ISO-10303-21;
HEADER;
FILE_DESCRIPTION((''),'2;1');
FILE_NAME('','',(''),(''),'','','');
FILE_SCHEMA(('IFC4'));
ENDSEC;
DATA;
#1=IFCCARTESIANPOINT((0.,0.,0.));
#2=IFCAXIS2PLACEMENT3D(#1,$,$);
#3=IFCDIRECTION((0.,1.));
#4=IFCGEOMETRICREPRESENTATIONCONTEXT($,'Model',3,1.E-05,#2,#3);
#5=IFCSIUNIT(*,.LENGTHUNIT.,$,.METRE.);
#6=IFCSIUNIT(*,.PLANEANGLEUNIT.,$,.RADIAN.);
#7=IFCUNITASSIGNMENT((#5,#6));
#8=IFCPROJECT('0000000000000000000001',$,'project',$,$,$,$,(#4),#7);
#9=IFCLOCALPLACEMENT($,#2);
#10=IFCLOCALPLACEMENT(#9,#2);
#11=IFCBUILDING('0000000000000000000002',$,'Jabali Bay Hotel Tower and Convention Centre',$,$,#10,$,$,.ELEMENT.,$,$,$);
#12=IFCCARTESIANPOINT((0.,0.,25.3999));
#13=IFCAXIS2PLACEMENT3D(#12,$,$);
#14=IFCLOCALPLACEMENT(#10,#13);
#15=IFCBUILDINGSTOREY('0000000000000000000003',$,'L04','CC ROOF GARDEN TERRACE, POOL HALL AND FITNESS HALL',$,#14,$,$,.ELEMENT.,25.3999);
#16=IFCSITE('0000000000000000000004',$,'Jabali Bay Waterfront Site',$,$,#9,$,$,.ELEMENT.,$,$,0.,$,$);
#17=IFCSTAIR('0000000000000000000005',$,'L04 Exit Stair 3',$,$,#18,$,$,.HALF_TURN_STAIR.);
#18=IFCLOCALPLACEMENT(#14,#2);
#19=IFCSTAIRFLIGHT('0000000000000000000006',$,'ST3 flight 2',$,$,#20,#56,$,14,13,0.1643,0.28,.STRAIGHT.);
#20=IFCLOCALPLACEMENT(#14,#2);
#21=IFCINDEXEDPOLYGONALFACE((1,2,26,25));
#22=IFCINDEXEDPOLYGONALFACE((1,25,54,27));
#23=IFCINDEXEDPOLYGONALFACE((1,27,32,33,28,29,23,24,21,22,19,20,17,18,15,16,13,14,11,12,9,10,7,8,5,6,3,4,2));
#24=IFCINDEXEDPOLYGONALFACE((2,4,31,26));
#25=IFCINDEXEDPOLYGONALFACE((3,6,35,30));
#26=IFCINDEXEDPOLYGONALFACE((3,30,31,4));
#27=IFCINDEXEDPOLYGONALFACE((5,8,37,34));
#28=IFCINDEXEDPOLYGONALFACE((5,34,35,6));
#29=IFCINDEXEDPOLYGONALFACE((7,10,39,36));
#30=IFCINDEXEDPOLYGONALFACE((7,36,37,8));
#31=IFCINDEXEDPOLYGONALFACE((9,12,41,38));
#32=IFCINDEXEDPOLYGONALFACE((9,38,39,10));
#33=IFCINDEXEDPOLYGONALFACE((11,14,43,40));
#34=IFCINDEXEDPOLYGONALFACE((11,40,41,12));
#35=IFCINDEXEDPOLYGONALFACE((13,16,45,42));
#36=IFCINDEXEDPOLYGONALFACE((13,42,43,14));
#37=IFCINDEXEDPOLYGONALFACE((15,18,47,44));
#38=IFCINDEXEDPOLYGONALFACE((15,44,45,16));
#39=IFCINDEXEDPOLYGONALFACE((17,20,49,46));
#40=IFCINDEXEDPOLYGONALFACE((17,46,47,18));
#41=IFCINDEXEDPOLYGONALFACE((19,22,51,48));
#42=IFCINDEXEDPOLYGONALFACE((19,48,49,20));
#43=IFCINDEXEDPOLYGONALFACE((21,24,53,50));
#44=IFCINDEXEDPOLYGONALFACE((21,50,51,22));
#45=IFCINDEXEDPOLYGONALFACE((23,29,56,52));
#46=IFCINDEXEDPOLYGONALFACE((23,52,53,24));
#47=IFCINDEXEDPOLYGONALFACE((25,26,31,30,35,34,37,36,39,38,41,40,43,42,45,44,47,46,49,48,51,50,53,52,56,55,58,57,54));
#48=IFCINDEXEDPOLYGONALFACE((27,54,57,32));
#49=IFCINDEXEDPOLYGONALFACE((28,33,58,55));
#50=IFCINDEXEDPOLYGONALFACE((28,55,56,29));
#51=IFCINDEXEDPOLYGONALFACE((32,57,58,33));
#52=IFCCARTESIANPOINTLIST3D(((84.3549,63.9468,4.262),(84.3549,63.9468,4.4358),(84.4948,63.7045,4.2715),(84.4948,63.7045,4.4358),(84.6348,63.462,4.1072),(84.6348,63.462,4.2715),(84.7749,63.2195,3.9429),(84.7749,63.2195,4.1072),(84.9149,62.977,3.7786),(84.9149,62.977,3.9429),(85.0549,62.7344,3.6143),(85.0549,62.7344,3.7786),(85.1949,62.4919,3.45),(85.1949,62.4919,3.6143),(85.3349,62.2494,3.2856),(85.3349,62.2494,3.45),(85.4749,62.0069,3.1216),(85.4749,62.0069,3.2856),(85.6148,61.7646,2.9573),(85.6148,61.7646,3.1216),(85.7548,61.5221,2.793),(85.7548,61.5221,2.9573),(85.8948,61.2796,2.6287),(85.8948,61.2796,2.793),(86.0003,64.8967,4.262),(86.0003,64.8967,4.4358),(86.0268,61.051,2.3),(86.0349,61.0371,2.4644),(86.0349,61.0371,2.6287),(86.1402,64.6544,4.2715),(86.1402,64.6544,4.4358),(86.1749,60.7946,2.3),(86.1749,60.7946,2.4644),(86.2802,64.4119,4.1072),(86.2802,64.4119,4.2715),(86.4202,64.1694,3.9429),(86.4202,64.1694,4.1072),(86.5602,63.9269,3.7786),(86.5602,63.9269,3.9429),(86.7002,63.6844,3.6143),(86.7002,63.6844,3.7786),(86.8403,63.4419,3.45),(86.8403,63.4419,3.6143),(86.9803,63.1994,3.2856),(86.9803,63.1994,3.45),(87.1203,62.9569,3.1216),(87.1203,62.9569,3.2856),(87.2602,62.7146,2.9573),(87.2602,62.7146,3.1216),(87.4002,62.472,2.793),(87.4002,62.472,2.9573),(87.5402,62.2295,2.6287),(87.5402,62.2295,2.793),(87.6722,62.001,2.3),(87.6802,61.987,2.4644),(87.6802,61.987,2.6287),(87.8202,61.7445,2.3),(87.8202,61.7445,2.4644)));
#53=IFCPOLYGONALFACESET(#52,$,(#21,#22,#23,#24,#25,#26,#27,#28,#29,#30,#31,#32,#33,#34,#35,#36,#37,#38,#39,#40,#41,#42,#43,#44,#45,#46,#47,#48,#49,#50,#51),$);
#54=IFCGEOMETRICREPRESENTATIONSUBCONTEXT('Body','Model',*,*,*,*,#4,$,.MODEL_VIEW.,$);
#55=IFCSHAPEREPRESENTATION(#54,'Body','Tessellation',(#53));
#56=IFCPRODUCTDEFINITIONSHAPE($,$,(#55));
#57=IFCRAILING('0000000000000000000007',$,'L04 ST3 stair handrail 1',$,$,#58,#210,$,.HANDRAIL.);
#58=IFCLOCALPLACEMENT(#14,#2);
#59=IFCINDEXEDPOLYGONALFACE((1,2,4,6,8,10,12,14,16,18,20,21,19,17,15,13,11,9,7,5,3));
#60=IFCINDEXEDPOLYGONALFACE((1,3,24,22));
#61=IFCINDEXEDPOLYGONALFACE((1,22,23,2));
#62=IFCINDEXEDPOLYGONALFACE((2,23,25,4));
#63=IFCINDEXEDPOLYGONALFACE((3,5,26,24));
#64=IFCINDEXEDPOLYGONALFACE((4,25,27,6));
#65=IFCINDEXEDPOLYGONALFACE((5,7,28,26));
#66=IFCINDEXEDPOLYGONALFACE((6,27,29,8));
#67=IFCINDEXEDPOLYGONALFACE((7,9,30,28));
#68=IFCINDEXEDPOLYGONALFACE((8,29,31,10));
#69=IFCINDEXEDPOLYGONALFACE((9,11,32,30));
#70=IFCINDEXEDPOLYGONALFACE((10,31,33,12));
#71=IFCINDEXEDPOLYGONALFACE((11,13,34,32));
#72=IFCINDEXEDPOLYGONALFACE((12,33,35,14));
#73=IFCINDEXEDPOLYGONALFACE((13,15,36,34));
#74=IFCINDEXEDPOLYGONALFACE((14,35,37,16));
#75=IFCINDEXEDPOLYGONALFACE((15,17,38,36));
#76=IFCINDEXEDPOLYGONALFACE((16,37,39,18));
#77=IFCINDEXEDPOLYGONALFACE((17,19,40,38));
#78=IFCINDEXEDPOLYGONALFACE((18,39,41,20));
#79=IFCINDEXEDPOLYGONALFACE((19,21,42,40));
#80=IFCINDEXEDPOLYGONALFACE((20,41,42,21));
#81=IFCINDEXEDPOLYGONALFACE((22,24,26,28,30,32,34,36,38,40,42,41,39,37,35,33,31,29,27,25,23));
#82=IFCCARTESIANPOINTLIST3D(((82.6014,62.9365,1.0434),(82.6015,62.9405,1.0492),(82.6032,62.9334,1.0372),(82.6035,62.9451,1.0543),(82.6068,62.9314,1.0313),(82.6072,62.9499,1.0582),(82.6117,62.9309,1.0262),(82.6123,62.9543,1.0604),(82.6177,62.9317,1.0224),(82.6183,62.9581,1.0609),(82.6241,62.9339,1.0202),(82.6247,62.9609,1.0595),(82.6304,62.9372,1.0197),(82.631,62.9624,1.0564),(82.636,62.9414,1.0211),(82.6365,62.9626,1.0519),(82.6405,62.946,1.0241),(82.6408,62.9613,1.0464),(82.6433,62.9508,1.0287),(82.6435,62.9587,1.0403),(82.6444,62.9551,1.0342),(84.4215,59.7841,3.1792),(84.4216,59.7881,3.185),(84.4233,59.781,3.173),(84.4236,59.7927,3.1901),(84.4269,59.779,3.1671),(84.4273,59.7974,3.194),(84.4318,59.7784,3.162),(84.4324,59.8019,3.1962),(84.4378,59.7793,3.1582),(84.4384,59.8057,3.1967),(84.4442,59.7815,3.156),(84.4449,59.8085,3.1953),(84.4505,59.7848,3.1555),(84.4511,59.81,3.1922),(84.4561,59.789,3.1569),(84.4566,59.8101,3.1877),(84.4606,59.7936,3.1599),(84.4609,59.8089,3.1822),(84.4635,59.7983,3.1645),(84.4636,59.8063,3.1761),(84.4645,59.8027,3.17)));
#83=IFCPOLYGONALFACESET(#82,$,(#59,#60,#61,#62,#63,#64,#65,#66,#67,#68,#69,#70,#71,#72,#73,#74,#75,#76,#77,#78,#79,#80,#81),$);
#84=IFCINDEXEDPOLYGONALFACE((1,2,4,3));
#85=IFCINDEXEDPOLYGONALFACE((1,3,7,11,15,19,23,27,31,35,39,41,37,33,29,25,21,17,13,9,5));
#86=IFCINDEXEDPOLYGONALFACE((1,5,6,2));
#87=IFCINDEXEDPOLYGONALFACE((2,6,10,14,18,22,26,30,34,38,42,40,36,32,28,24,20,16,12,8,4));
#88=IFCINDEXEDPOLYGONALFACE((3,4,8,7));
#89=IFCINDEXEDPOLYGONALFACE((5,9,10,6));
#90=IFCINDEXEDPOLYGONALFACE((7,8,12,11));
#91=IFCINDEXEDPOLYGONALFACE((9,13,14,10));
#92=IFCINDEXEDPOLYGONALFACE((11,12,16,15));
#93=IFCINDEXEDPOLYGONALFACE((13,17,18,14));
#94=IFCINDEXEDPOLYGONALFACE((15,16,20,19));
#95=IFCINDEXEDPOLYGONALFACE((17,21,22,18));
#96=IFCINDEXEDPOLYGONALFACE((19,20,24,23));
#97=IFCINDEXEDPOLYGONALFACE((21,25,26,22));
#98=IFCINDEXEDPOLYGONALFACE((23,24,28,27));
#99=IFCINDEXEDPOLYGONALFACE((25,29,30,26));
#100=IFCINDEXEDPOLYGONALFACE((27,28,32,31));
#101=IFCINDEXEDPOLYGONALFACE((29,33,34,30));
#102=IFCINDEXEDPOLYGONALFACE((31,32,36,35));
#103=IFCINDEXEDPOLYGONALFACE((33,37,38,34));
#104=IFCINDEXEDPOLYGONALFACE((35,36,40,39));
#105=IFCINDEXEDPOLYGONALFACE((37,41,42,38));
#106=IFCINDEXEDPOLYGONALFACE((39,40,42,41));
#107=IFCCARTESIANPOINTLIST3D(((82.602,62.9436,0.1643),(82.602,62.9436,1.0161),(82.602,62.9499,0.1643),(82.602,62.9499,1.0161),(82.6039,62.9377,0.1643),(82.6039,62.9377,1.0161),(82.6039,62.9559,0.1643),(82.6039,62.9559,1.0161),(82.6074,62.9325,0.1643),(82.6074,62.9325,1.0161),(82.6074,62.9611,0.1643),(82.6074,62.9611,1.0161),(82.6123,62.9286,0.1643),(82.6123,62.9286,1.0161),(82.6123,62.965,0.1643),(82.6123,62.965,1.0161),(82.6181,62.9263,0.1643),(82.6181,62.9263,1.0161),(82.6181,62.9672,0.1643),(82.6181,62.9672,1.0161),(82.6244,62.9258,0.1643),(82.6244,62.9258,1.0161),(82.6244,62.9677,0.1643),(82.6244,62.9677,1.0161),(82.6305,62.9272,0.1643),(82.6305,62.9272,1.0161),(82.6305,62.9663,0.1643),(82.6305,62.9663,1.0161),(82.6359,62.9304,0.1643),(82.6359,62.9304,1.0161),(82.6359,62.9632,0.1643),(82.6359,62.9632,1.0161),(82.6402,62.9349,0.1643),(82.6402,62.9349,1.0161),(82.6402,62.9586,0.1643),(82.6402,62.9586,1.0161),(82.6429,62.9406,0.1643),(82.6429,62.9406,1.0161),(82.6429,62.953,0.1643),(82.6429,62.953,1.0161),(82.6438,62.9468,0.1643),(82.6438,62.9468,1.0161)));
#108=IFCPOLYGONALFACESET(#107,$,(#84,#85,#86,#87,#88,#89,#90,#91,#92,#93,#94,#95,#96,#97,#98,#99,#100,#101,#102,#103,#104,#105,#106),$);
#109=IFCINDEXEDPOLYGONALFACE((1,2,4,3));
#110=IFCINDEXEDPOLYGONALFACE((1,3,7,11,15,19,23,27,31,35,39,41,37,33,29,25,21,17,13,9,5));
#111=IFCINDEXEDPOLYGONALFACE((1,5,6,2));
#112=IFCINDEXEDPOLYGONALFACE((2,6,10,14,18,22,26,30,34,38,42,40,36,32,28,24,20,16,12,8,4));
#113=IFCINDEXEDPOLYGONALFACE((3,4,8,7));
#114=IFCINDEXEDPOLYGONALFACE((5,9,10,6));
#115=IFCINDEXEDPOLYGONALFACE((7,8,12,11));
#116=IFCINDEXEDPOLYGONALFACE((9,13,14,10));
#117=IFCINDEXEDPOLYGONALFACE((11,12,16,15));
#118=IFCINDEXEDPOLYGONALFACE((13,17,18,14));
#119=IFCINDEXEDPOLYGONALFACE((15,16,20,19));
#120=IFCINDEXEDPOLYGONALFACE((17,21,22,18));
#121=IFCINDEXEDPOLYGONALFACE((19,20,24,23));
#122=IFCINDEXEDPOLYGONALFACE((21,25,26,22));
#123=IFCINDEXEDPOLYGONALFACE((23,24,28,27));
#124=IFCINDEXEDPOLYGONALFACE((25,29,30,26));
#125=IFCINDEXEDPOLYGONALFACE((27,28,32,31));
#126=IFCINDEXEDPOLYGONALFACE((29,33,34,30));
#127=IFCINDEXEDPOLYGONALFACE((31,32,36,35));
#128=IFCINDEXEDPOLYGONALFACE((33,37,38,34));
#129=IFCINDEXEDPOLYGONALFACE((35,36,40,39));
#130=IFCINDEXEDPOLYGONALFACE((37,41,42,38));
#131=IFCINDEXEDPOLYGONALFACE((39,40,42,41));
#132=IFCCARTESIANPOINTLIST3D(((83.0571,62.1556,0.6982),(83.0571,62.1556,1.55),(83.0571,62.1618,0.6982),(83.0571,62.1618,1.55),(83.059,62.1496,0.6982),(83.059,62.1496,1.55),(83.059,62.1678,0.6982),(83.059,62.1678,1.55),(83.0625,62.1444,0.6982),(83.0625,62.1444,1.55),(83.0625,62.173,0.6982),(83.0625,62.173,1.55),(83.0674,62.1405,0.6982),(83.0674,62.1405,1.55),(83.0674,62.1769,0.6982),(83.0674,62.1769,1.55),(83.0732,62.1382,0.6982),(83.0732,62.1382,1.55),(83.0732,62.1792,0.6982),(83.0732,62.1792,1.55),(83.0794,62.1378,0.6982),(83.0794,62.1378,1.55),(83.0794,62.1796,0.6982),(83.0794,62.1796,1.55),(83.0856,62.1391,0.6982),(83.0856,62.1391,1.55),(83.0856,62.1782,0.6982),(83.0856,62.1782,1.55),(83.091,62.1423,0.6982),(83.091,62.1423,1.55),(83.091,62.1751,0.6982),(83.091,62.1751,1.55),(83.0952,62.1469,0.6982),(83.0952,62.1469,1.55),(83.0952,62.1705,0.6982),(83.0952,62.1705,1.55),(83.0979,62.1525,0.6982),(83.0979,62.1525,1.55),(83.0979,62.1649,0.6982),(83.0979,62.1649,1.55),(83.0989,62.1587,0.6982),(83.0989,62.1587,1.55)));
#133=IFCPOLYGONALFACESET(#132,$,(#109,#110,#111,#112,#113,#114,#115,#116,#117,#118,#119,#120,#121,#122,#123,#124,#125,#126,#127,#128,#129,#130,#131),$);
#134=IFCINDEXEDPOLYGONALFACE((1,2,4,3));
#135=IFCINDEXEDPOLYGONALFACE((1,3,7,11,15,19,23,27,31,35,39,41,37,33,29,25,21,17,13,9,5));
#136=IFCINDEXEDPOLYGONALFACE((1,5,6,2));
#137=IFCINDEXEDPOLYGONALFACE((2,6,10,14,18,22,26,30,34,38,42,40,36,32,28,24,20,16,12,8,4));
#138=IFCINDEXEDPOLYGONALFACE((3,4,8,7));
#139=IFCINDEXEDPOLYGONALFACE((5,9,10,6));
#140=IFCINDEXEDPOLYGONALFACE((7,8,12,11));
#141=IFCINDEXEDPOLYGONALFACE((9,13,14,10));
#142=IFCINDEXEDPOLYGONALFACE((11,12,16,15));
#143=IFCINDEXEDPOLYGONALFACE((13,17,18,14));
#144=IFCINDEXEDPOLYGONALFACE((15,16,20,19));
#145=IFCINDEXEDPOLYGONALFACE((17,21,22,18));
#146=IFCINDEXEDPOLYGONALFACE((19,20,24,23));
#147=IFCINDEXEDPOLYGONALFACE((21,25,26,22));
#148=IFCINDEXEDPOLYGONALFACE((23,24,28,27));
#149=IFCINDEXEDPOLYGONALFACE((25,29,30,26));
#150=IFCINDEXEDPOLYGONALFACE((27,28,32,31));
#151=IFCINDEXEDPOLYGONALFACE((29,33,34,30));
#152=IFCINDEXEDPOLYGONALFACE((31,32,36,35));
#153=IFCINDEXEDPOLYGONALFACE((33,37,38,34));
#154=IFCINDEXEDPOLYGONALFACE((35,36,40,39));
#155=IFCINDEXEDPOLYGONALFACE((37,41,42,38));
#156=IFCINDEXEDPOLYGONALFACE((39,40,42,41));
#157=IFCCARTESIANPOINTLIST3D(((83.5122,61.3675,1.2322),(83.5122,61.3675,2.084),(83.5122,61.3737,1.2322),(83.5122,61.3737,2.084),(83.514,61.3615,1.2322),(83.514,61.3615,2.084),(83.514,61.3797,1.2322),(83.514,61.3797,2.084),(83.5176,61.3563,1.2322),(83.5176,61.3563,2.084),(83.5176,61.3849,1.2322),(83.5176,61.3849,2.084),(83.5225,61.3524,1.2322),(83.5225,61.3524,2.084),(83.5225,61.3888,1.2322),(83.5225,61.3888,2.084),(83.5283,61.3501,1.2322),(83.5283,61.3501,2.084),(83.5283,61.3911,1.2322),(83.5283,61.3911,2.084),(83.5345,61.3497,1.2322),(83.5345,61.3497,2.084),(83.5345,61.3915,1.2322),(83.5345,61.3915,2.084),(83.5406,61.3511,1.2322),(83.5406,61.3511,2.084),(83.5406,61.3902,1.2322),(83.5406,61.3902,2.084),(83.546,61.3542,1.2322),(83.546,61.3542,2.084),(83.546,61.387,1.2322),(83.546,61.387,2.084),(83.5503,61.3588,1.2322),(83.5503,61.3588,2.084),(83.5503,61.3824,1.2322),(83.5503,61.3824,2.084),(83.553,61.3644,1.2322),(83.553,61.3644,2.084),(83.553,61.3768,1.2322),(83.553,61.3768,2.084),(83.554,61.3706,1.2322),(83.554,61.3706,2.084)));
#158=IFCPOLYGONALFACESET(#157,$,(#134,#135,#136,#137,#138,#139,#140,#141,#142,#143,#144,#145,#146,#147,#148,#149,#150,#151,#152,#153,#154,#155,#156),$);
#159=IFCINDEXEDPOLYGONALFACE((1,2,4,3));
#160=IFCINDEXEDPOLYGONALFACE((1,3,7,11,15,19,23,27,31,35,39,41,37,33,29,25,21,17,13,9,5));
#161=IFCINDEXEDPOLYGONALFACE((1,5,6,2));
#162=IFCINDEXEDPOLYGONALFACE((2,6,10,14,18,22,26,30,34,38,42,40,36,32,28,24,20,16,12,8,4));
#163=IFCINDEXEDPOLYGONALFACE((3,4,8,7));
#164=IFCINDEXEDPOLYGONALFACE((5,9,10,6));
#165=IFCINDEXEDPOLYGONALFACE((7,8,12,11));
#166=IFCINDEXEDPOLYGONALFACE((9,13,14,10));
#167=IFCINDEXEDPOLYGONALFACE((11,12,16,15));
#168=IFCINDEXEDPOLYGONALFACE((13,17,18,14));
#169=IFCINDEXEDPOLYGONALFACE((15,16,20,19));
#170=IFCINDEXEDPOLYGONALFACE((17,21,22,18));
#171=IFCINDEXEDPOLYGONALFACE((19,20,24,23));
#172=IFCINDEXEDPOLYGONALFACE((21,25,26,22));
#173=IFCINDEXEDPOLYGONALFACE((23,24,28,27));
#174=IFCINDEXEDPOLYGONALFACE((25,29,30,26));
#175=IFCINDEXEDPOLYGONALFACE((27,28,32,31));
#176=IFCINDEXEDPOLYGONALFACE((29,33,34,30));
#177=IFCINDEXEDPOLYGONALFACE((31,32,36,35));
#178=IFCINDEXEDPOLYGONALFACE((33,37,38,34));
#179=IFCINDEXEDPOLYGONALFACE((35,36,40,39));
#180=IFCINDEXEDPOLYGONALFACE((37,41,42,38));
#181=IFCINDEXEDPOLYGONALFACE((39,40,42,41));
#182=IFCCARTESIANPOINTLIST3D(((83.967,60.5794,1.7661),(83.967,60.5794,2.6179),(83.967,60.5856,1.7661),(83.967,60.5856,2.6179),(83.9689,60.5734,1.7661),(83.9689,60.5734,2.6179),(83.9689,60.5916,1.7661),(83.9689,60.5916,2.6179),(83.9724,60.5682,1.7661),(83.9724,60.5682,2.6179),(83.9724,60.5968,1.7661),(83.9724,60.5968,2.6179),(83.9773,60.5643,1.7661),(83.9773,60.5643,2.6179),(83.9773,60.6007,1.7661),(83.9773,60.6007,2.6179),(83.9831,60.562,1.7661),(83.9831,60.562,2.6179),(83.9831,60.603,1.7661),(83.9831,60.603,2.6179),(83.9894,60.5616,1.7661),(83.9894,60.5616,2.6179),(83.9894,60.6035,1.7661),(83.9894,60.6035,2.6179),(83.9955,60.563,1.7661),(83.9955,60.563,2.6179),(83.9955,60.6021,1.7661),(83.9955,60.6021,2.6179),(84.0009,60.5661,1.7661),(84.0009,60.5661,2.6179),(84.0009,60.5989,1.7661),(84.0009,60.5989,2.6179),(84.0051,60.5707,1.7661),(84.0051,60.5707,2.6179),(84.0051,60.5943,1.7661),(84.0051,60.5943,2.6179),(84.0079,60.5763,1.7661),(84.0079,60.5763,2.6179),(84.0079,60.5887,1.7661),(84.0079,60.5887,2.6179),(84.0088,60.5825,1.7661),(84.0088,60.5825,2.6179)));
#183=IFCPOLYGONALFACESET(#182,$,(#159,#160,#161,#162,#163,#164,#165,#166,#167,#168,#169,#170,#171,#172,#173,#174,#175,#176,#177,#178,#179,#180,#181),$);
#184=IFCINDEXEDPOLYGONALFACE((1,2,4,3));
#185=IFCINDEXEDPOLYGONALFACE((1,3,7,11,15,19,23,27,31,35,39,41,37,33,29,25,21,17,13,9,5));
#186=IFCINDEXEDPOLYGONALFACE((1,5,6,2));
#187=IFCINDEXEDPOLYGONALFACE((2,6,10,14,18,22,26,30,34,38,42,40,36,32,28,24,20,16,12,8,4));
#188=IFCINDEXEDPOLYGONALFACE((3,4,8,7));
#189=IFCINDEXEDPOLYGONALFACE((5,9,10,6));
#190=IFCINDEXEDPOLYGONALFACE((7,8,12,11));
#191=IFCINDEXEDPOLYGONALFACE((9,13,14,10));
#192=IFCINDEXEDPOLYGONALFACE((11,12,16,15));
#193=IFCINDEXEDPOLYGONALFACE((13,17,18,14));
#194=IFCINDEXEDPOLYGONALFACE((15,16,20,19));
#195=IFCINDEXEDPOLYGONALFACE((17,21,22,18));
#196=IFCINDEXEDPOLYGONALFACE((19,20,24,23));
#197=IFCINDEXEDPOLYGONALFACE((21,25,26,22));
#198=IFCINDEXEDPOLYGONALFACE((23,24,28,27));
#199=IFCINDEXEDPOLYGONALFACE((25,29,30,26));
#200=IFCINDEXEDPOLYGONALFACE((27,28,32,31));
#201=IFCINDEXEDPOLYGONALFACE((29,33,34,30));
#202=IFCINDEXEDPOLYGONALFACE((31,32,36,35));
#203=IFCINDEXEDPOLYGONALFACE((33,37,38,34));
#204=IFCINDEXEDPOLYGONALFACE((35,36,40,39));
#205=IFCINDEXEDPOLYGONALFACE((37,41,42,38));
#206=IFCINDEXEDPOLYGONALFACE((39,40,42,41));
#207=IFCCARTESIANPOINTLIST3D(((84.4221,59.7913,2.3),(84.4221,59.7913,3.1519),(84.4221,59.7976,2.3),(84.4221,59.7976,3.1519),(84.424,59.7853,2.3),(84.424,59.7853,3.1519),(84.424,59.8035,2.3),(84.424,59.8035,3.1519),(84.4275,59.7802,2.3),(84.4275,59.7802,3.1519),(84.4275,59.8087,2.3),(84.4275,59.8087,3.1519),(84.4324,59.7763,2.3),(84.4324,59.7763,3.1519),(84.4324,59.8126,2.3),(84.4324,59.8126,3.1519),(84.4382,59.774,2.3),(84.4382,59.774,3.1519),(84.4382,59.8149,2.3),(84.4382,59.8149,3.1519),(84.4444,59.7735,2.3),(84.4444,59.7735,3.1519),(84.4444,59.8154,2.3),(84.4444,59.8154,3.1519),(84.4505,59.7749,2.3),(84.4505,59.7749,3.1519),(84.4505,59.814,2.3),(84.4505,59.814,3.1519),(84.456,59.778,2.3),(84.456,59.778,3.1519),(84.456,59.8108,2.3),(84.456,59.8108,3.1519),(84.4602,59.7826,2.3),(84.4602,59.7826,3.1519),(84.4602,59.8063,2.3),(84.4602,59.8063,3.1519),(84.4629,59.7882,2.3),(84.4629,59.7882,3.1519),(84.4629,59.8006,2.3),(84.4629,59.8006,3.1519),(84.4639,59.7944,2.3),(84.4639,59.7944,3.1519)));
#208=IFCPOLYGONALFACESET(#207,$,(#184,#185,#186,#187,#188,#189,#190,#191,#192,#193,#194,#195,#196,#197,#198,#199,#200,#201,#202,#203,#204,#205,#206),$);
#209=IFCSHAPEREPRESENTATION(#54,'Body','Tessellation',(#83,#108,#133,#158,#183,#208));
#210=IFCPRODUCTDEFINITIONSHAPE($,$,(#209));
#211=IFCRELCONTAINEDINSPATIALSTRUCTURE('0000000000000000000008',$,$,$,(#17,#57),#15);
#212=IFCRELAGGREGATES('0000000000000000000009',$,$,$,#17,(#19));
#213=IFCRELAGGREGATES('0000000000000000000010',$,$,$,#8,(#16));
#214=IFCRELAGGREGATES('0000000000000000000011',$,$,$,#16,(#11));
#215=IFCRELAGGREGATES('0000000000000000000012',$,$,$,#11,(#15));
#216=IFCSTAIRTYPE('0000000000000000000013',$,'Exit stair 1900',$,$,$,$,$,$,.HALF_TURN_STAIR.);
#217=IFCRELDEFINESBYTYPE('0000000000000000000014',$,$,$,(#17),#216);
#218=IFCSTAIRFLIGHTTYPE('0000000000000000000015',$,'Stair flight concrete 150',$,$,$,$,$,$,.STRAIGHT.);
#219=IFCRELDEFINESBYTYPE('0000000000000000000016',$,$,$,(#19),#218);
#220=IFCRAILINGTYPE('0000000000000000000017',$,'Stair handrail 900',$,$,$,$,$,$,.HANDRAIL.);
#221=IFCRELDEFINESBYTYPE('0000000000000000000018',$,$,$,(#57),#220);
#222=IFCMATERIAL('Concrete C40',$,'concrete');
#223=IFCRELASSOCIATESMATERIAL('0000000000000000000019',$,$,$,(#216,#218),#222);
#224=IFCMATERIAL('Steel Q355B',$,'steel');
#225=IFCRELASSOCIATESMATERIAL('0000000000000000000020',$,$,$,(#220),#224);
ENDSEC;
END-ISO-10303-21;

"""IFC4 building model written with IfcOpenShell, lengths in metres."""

from ifc_helpers import new_model, si_unit, direction, frame, origin, origin_2d, place, context, subcontext, project, spatial, polyline, circle, outline, extrude, material, type_object, element, aggregate, save


model = new_model("IFC4")

# Units and contexts
model_context = context("Model", 3, precision=1e-05, world=origin(), true_north=direction((0.0, 1.0)))
body_context = subcontext(model_context, "Body", "Model", "MODEL_VIEW")
ifc_project = project(units=[si_unit("LENGTHUNIT", "METRE"), si_unit("PLANEANGLEUNIT", "RADIAN")], contexts=[model_context])

# Site, building, storey
site_placement = place(None, origin())
site = spatial("IfcSite", under=ifc_project, at=site_placement, Name="Jabali Bay Waterfront Site", CompositionType="ELEMENT", RefElevation=0.0)
building_placement = place(site_placement, origin())
building = spatial("IfcBuilding", under=site, at=building_placement, Name="Jabali Bay Hotel Tower and Convention Centre", CompositionType="ELEMENT")
storey_placement = place(building_placement, frame((0.0, 0.0, 25.3999)))
storey = spatial("IfcBuildingStorey", under=building, at=storey_placement, Name="L04", Description="CC ROOF GARDEN TERRACE, POOL HALL AND FITNESS HALL", CompositionType="ELEMENT", Elevation=25.3999)

# Shared definitions
ifc_material_1 = material(Name="Concrete C40", Category="concrete")

# Stair, stair flight
stair_type = type_object("IfcStairType", Name="Exit stair 1900", PredefinedType="HALF_TURN_STAIR", material=ifc_material_1)
stair_placement = place(storey_placement, origin())
stair = element("IfcStair", 1, at=stair_placement, inside=storey, type_object=stair_type, Name="L04 Exit Stair 3", PredefinedType="HALF_TURN_STAIR")
stair_flight_type = type_object("IfcStairFlightType", Name="Stair flight concrete 150", PredefinedType="STRAIGHT", material=ifc_material_1)
stair_flight_1_placement = place(storey_placement, frame((86.9976, 61.2695, 2.3), z_axis=(0.0, 0.0, 1.0), x_axis=(-0.5, 0.866025, 0.0)))
stair_flight_1 = element("IfcStairFlight", 2, at=stair_flight_1_placement, type_object=stair_flight_type, Name="ST3 flight 2", NumberOfRisers=14, NumberOfTreads=13, PredefinedType="STRAIGHT", RiserHeight=0.1643, TreadLength=0.28, context=body_context, shape_type="SweptSolid", body=[
    extrude(outline(polyline([(0.0, 0.0), (0.0, 0.1643), (0.28, 0.1643), (0.28, 0.3286), (0.5601, 0.3286), (0.5601, 0.4929), (0.8401, 0.4929), (0.8401, 0.6572), (1.1201, 0.6572), (1.1201, 0.8215), (1.3999, 0.8215), (1.3999, 0.9856), (1.6799, 0.9856), (1.6799, 1.1499), (1.96, 1.1499), (1.96, 1.3142), (2.24, 1.3142), (2.24, 1.4785), (2.52, 1.4785), (2.52, 1.6428), (2.8, 1.6428), (2.8, 1.8071), (3.0801, 1.8071), (3.0801, 1.9714), (3.3601, 1.9714), (3.3601, 2.1357), (3.6399, 2.1357), (3.6399, 2.3), (3.6399, 1.9619), (0.2961, 0.0), (0.0, 0.0)])), frame((0.0, 0.95, 0.0), z_axis=(0.0, -1.0, 0.0), x_axis=(1.0, 0.0, 0.0)), (0.0, 0.0, 1.0), 1.8999),
])
aggregate(stair, [stair_flight_1])

# Railing
ifc_material_2 = material(Name="Steel Q355B", Category="steel")
railing_type_1 = type_object("IfcRailingType", Name="Stair handrail 900", PredefinedType="HANDRAIL", material=ifc_material_2)
railing_1_placement = place(storey_placement, frame((82.6228, 62.9468, 0.1643)))
element("IfcRailing", 3, at=railing_1_placement, inside=storey, type_object=railing_type_1, Name="L04 ST3 stair handrail 1", PredefinedType="HANDRAIL", context=body_context, shape_type="SweptSolid", body=[
    extrude(circle(Radius=0.0239, at=origin_2d()), frame((0.0, 0.0, 0.876), z_axis=(0.431261, -0.74694, 0.506059), x_axis=(0.866018, 0.500013, 0.0)), (0.0, 0.0, 1.0), 4.2205),
    extrude(circle(Radius=0.021, at=origin_2d()), origin(), (0.0, 0.0, 1.0), 0.8518),
    extrude(circle(Radius=0.021, at=origin_2d()), frame((0.4551, -0.7881, 0.5339)), (0.0, 0.0, 1.0), 0.8518),
    extrude(circle(Radius=0.021, at=origin_2d()), frame((0.9102, -1.5762, 1.0679)), (0.0, 0.0, 1.0), 0.8518),
    extrude(circle(Radius=0.021, at=origin_2d()), frame((1.365, -2.3643, 1.6018)), (0.0, 0.0, 1.0), 0.8518),
    extrude(circle(Radius=0.021, at=origin_2d()), frame((1.8201, -3.1523, 2.1357)), (0.0, 0.0, 1.0), 0.8518),
])

save(model, "model.ifc")
